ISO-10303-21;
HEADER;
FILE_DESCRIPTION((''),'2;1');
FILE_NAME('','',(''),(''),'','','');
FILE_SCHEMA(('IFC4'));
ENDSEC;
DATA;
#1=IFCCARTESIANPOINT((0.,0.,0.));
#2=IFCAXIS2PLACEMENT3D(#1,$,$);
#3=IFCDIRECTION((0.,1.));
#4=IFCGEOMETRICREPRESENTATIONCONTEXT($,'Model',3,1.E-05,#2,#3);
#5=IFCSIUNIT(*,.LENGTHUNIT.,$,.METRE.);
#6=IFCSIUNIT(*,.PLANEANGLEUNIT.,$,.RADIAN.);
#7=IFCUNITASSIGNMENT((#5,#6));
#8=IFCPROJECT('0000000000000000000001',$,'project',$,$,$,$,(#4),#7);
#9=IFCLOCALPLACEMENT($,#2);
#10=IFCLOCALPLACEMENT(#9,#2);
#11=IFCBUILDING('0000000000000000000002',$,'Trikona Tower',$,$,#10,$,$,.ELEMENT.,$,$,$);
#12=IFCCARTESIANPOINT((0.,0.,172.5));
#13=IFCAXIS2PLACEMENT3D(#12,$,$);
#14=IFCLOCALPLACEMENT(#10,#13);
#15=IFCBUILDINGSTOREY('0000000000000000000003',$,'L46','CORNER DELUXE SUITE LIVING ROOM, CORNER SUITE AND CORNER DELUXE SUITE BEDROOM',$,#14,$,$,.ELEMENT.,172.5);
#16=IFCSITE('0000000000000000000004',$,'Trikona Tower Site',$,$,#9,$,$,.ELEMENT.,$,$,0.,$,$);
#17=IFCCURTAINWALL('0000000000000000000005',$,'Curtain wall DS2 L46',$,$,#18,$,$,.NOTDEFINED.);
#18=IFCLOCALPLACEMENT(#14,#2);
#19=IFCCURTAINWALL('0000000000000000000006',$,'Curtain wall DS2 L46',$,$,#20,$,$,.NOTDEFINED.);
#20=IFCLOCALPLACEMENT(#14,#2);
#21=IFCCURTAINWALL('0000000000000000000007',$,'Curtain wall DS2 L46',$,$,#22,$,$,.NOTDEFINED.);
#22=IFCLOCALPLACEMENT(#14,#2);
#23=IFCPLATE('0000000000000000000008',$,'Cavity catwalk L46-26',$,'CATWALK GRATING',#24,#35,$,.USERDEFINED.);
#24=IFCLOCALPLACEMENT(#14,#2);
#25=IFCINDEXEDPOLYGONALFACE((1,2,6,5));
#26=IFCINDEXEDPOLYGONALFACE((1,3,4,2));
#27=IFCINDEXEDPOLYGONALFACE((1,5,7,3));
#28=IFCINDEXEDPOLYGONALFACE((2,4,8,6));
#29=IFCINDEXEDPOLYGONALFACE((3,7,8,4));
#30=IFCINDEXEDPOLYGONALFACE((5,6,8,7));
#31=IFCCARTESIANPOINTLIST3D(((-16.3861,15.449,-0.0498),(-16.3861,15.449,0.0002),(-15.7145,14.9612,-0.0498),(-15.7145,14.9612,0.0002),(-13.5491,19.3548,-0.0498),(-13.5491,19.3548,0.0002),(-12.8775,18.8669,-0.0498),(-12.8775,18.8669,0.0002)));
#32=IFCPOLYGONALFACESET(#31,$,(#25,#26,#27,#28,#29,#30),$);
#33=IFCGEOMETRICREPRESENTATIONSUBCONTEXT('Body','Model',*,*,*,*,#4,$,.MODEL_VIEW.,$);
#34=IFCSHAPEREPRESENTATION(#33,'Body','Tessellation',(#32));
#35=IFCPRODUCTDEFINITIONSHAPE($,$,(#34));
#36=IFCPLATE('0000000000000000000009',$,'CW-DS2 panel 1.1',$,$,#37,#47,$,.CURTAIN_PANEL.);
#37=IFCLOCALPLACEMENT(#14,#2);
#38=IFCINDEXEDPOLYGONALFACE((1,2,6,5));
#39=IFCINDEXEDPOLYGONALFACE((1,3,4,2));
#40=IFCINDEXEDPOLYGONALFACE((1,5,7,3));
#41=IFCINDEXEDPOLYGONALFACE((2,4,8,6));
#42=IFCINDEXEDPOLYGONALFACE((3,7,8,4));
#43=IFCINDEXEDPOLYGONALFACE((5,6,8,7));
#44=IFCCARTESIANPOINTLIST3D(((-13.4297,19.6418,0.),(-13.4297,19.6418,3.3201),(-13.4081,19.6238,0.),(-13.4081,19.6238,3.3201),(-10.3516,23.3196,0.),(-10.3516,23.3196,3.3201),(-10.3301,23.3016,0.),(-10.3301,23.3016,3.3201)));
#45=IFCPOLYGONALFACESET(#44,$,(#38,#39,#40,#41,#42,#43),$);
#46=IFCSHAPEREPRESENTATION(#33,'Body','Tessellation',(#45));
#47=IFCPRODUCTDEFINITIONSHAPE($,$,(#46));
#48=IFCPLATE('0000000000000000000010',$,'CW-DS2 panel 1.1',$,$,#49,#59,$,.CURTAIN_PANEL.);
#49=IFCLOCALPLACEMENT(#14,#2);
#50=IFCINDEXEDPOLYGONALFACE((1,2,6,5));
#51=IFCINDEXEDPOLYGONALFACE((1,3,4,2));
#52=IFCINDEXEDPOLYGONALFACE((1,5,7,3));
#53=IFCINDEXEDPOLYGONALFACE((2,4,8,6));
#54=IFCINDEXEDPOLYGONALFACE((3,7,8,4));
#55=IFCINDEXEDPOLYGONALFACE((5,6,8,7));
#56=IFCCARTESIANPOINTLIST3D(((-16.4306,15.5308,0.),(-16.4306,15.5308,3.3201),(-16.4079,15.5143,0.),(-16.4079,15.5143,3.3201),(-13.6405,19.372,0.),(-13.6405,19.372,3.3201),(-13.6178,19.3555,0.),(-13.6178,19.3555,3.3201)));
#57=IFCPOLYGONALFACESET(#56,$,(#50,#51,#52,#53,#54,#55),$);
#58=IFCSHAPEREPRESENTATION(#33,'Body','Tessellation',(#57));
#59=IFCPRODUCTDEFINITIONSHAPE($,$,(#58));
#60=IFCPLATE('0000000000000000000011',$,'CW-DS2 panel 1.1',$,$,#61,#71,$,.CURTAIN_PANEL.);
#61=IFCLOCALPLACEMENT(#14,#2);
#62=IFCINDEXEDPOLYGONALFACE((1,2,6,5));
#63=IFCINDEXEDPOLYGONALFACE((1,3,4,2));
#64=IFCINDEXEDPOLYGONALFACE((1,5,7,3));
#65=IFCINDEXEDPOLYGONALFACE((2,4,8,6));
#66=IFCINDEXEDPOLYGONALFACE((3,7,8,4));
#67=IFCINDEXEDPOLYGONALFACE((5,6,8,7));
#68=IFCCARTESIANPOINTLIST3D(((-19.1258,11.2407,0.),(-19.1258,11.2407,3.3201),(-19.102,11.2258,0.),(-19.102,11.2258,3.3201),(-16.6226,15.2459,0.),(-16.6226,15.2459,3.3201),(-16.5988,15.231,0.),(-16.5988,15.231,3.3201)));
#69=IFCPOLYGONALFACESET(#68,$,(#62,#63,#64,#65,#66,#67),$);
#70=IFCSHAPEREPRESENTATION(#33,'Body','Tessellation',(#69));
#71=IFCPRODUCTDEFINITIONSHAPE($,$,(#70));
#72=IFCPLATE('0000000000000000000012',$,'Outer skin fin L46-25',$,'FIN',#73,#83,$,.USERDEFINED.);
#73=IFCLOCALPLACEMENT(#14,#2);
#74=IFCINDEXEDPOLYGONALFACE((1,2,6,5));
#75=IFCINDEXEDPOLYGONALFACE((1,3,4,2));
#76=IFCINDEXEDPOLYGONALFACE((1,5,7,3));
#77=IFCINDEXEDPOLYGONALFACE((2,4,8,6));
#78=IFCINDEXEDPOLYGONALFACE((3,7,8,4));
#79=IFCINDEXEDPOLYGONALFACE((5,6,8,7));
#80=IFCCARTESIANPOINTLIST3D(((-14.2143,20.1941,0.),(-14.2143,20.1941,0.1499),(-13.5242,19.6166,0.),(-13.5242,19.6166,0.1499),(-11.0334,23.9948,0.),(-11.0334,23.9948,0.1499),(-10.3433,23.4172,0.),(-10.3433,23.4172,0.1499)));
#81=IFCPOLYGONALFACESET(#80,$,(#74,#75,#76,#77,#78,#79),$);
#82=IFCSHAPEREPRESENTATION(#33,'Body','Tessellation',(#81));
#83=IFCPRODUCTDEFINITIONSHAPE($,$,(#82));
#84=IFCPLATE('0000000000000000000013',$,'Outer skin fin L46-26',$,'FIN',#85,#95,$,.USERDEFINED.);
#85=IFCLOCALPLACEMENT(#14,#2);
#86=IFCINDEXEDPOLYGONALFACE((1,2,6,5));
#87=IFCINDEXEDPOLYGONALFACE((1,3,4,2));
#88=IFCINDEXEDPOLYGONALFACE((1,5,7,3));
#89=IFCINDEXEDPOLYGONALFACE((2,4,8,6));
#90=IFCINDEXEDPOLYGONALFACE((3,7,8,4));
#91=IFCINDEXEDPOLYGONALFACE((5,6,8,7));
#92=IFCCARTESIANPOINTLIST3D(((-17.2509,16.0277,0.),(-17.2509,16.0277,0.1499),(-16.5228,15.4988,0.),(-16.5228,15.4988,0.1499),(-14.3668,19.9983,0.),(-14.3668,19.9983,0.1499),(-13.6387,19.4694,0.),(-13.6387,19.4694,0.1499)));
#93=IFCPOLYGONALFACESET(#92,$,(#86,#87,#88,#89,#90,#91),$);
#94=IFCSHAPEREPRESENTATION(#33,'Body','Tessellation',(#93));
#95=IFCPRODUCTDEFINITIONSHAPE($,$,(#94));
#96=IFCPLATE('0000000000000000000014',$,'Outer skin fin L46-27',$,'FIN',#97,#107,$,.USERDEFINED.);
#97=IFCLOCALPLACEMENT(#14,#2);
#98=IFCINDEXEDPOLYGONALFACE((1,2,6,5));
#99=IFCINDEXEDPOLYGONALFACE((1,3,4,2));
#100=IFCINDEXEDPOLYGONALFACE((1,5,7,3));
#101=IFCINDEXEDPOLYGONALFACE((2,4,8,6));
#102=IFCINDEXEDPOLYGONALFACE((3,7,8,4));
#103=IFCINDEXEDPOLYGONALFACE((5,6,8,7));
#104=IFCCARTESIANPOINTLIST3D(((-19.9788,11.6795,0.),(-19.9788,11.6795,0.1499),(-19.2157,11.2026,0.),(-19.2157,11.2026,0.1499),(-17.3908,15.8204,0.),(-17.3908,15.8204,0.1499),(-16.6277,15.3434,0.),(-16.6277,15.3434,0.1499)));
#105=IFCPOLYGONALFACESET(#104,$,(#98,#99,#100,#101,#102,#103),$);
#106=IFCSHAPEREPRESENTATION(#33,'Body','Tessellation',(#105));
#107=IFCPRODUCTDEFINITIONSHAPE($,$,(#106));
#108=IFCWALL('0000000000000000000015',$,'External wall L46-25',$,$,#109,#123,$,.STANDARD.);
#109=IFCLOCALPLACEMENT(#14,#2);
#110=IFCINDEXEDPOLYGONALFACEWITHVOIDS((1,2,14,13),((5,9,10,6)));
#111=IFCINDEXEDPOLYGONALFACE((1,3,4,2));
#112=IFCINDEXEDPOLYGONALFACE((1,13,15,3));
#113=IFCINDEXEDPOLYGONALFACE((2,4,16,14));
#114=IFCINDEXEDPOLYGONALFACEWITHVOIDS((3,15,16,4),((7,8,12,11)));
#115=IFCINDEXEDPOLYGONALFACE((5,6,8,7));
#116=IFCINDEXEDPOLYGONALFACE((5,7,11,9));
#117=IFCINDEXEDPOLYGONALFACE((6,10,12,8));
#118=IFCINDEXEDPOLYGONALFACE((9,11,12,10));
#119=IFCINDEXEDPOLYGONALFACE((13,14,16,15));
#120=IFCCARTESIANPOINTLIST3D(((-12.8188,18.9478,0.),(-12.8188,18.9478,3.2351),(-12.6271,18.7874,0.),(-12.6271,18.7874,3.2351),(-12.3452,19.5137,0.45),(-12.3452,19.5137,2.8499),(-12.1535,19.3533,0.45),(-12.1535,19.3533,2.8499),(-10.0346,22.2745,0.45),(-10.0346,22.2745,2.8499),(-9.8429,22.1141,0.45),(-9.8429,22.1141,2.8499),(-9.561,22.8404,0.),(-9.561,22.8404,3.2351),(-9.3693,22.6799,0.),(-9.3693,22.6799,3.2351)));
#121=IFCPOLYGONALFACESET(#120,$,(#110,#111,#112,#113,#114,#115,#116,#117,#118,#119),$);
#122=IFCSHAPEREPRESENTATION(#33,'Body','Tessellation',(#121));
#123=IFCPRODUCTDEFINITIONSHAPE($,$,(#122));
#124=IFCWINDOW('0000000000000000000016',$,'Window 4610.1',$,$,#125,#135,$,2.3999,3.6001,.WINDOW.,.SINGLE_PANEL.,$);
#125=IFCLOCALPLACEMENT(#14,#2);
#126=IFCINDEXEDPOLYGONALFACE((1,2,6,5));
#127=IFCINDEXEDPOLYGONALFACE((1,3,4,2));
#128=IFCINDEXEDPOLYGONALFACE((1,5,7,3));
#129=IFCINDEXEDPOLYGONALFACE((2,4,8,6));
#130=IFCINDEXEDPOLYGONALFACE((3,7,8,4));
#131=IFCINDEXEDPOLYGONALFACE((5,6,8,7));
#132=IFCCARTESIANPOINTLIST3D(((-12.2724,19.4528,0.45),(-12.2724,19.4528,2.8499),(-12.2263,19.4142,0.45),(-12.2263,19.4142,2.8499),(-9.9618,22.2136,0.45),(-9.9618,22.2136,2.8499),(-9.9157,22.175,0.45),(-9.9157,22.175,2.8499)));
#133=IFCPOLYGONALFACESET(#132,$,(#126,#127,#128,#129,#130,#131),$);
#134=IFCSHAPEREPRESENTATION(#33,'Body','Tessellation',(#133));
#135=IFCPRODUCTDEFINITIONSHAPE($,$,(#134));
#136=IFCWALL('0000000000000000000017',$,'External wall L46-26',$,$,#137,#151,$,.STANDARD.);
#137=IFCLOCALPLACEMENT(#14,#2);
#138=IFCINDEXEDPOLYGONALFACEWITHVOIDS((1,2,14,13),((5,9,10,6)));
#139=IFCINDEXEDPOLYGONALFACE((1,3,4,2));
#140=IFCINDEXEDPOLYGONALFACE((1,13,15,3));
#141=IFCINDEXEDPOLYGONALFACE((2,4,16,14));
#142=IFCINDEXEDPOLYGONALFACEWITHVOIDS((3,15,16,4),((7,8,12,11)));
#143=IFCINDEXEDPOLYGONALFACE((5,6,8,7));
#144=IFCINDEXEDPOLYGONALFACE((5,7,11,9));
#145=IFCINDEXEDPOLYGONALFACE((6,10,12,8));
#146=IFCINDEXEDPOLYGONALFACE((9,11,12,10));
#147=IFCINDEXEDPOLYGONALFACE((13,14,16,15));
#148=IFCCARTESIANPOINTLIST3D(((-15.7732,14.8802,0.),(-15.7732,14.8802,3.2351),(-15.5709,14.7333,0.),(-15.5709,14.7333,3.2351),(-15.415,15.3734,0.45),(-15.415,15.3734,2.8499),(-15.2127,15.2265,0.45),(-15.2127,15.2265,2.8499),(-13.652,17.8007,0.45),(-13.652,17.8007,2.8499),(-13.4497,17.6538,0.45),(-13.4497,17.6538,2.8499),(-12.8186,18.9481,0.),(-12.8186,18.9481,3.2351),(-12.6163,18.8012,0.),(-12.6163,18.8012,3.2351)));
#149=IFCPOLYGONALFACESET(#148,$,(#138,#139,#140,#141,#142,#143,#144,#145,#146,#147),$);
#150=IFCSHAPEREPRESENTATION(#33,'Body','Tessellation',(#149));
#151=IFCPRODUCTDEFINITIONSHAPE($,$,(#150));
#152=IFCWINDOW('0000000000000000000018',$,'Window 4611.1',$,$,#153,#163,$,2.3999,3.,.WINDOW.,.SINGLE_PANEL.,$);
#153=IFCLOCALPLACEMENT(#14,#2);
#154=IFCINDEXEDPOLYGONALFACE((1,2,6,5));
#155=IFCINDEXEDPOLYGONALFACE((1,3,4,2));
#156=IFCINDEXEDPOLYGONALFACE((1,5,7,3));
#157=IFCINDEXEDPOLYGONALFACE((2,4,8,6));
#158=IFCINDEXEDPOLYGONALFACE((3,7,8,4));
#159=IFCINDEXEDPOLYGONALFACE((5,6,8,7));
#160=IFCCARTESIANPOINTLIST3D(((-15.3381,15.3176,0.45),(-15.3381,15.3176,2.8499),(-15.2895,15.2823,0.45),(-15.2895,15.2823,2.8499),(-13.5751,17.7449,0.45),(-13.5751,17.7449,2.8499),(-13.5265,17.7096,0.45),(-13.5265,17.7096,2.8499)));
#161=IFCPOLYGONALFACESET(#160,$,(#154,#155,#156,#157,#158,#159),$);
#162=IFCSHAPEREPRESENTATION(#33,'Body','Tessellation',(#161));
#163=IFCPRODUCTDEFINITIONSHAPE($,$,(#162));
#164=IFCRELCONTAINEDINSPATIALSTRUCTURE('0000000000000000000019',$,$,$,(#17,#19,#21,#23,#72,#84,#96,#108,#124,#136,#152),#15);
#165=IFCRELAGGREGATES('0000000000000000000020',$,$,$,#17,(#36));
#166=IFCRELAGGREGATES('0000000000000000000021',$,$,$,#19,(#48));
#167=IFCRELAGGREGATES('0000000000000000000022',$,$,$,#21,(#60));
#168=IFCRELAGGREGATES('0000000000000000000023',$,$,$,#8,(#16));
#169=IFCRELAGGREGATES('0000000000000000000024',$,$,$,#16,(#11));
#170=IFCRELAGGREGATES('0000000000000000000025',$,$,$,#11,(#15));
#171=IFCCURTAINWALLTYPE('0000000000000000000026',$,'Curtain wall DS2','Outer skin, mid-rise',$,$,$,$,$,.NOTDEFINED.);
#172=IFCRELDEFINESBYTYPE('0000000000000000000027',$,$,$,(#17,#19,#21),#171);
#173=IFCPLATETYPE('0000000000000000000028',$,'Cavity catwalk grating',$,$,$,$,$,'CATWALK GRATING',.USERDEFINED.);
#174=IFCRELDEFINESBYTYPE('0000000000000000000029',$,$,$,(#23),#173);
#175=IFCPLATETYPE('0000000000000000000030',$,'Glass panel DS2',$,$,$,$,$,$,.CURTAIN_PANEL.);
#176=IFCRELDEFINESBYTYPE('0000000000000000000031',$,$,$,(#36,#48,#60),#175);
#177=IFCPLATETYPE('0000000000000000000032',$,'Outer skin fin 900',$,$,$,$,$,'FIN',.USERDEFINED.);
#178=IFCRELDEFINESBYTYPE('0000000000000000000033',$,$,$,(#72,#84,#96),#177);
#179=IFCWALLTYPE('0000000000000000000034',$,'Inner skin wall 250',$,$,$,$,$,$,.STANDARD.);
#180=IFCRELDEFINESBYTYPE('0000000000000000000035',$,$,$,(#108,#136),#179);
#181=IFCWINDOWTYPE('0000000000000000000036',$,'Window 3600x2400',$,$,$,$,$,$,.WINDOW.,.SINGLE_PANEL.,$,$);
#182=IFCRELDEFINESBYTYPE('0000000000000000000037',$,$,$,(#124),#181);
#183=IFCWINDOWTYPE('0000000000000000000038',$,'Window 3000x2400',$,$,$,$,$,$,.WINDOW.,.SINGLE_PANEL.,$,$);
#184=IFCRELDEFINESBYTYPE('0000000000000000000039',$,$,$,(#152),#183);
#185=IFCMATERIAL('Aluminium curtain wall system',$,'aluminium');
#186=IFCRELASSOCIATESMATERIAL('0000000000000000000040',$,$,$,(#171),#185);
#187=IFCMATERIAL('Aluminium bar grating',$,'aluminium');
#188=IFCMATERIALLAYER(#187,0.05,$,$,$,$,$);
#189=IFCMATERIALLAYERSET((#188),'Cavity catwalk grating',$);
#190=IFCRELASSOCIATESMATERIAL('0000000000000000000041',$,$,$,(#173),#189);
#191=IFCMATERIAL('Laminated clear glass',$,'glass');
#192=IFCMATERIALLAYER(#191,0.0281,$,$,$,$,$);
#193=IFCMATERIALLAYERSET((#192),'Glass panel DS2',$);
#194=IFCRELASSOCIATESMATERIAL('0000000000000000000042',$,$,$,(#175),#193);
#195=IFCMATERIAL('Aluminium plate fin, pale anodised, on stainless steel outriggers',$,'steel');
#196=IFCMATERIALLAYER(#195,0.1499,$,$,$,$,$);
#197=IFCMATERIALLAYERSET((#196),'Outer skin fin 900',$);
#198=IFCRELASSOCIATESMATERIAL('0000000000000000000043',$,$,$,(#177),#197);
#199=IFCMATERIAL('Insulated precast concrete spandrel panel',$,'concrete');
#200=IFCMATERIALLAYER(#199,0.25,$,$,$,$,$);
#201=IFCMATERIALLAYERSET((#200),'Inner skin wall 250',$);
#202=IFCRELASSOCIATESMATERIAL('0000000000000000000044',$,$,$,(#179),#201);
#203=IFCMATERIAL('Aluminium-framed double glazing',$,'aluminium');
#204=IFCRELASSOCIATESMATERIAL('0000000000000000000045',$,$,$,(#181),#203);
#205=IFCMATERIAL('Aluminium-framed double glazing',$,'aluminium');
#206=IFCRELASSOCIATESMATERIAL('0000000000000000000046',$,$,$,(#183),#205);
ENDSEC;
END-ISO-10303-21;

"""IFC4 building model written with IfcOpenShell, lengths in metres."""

from ifc_helpers import new_model, si_unit, direction, frame, frame_2d, origin, origin_2d, place, context, subcontext, project, spatial, rectangle, extrude, material, layer, layer_set, type_object, element, fill, aggregate, save


model = new_model("IFC4")

# Units and contexts
model_context = context("Model", 3, precision=1e-05, world=origin(), true_north=direction((0.0, 1.0)))
body_context = subcontext(model_context, "Body", "Model", "MODEL_VIEW")
ifc_project = project(units=[si_unit("LENGTHUNIT", "METRE"), si_unit("PLANEANGLEUNIT", "RADIAN")], contexts=[model_context])

# Site, building, storey
site_placement = place(None, origin())
site = spatial("IfcSite", under=ifc_project, at=site_placement, Name="Trikona Tower Site", CompositionType="ELEMENT", RefElevation=0.0)
building_placement = place(site_placement, origin())
building = spatial("IfcBuilding", under=site, at=building_placement, Name="Trikona Tower", CompositionType="ELEMENT")
storey_placement = place(building_placement, frame((0.0, 0.0, 172.5)))
storey = spatial("IfcBuildingStorey", under=building, at=storey_placement, Name="L46", Description="CORNER DELUXE SUITE LIVING ROOM, CORNER SUITE AND CORNER DELUXE SUITE BEDROOM", CompositionType="ELEMENT", Elevation=172.5)

# Shared definitions
ifc_material_1 = material(Name="Aluminium curtain wall system", Category="aluminium")
curtain_wall_type = type_object("IfcCurtainWallType", Name="Curtain wall DS2", Description="Outer skin, mid-rise", PredefinedType="NOTDEFINED", material=ifc_material_1)

# Curtain walls
curtain_wall_1_placement = place(storey_placement, origin())
curtain_wall_1 = element("IfcCurtainWall", 1, at=curtain_wall_1_placement, inside=storey, type_object=curtain_wall_type, Name="Curtain wall DS2 L46", PredefinedType="NOTDEFINED")
curtain_wall_2_placement = place(storey_placement, origin())
curtain_wall_2 = element("IfcCurtainWall", 2, at=curtain_wall_2_placement, inside=storey, type_object=curtain_wall_type, Name="Curtain wall DS2 L46", PredefinedType="NOTDEFINED")

# Curtain wall
curtain_wall_3_placement = place(storey_placement, origin())
curtain_wall_3 = element("IfcCurtainWall", 3, at=curtain_wall_3_placement, inside=storey, type_object=curtain_wall_type, Name="Curtain wall DS2 L46", PredefinedType="NOTDEFINED")

# Plate
ifc_material_2 = material(Name="Aluminium bar grating", Category="aluminium")
ifc_layer_1 = layer(ifc_material_2, 0.05)
ifc_layer_set_1 = layer_set([ifc_layer_1], Name="Cavity catwalk grating")
plate_type_1 = type_object("IfcPlateType", Name="Cavity catwalk grating", ElementType="CATWALK GRATING", PredefinedType="USERDEFINED", material=ifc_layer_set_1)
plate_1_placement = place(storey_placement, frame((-14.6318, 17.158, -0.0498), z_axis=(0.0, 0.0, 1.0), x_axis=(-0.587686, -0.809089, 0.0)))
element("IfcPlate", 4, at=plate_1_placement, inside=storey, type_object=plate_type_1, Name="Cavity catwalk L46-26", ObjectType="CATWALK GRATING", PredefinedType="USERDEFINED", context=body_context, shape_type="SweptSolid", body=[
    extrude(rectangle(XDim=4.8274, YDim=0.8301, at=origin_2d()), origin(), (0.0, 0.0, 1.0), 0.05),
])

# Plates
ifc_material_3 = material(Name="Laminated clear glass", Category="glass")
ifc_layer_2 = layer(ifc_material_3, 0.0281)
ifc_layer_set_2 = layer_set([ifc_layer_2], Name="Glass panel DS2")
plate_type_2 = type_object("IfcPlateType", Name="Glass panel DS2", PredefinedType="CURTAIN_PANEL", material=ifc_layer_set_2)
plate_2_placement = place(storey_placement, frame((-11.8799, 21.4717, 0.0), z_axis=(0.0, 0.0, 1.0), x_axis=(-0.641806, -0.766867, 0.0)))
plate_2 = element("IfcPlate", 5, at=plate_2_placement, type_object=plate_type_2, Name="CW-DS2 panel 1.1", PredefinedType="CURTAIN_PANEL", context=body_context, shape_type="SweptSolid", body=[
    extrude(rectangle(XDim=4.7959, YDim=0.0281, at=origin_2d()), origin(), (0.0, 0.0, 1.0), 3.3201),
])
aggregate(curtain_wall_1, [plate_2])
plate_3_placement = place(storey_placement, frame((-15.0242, 17.4431, 0.0), z_axis=(0.0, 0.0, 1.0), x_axis=(-0.587691, -0.809086, 0.0)))
plate_3 = element("IfcPlate", 6, at=plate_3_placement, type_object=plate_type_2, Name="CW-DS2 panel 1.1", PredefinedType="CURTAIN_PANEL", context=body_context, shape_type="SweptSolid", body=[
    extrude(rectangle(XDim=4.7476, YDim=0.0281, at=origin_2d()), origin(), (0.0, 0.0, 1.0), 3.3201),
])
aggregate(curtain_wall_2, [plate_3])
plate_4_placement = place(storey_placement, frame((-17.8623, 13.2358, 0.0), z_axis=(0.0, 0.0, 1.0), x_axis=(-0.529999, -0.847998, 0.0)))
plate_4 = element("IfcPlate", 7, at=plate_4_placement, type_object=plate_type_2, Name="CW-DS2 panel 1.1", PredefinedType="CURTAIN_PANEL", context=body_context, shape_type="SweptSolid", body=[
    extrude(rectangle(XDim=4.7231, YDim=0.0281, at=origin_2d()), origin(), (0.0, 0.0, 1.0), 3.3201),
])
aggregate(curtain_wall_3, [plate_4])

# Plates
ifc_material_4 = material(Name="Aluminium plate fin, pale anodised, on stainless steel outriggers", Category="steel")
ifc_layer_3 = layer(ifc_material_4, 0.1499)
ifc_layer_set_3 = layer_set([ifc_layer_3], Name="Outer skin fin 900")
plate_type_3 = type_object("IfcPlateType", Name="Outer skin fin 900", ElementType="FIN", PredefinedType="USERDEFINED", material=ifc_layer_set_3)
plate_5_placement = place(storey_placement, frame((-12.2788, 21.8057, 0.0), z_axis=(0.0, 0.0, 1.0), x_axis=(-0.641807, -0.766866, 0.0)))
element("IfcPlate", 8, at=plate_5_placement, inside=storey, type_object=plate_type_3, Name="Outer skin fin L46-25", ObjectType="FIN", PredefinedType="USERDEFINED", context=body_context, shape_type="SweptSolid", body=[
    extrude(rectangle(XDim=4.9561, YDim=0.8999, at=origin_2d()), origin(), (0.0, 0.0, 1.0), 0.1499),
])
plate_6_placement = place(storey_placement, frame((-15.4448, 17.7485, 0.0), z_axis=(0.0, 0.0, 1.0), x_axis=(-0.587686, -0.809089, 0.0)))
element("IfcPlate", 9, at=plate_6_placement, inside=storey, type_object=plate_type_3, Name="Outer skin fin L46-26", ObjectType="FIN", PredefinedType="USERDEFINED", context=body_context, shape_type="SweptSolid", body=[
    extrude(rectangle(XDim=4.9075, YDim=0.8999, at=origin_2d()), origin(), (0.0, 0.0, 1.0), 0.1499),
])
plate_7_placement = place(storey_placement, frame((-18.3032, 13.5115, 0.0), z_axis=(0.0, 0.0, 1.0), x_axis=(-0.529995, -0.848001, 0.0)))
element("IfcPlate", 10, at=plate_7_placement, inside=storey, type_object=plate_type_3, Name="Outer skin fin L46-27", ObjectType="FIN", PredefinedType="USERDEFINED", context=body_context, shape_type="SweptSolid", body=[
    extrude(rectangle(XDim=4.8831, YDim=0.8999, at=origin_2d()), origin(), (0.0, 0.0, 1.0), 0.1499),
])

# Walls, openings, windows
ifc_material_5 = material(Name="Insulated precast concrete spandrel panel", Category="concrete")
ifc_layer_4 = layer(ifc_material_5, 0.25)
ifc_layer_set_4 = layer_set([ifc_layer_4], Name="Inner skin wall 250")
wall_type = type_object("IfcWallType", Name="Inner skin wall 250", PredefinedType="STANDARD", material=ifc_layer_set_4)
wall_1_placement = place(storey_placement, frame((-9.4651, 22.7603, 0.0), z_axis=(0.0, 0.0, 1.0), x_axis=(-0.64181, -0.766863, 0.0)))
wall_1 = element("IfcWall", 11, at=wall_1_placement, inside=storey, type_object=wall_type, Name="External wall L46-25", PredefinedType="STANDARD", context=body_context, shape_type="SweptSolid", body=[
    extrude(rectangle(XDim=5.0759, YDim=0.25, at=frame_2d((2.5381, 0.0))), origin(), (0.0, 0.0, 1.0), 3.2351),
])
opening_1_placement = place(wall_1_placement, frame((0.738, 0.0, 0.45)))
opening_1 = element("IfcOpeningElement", 12, at=opening_1_placement, cuts=wall_1, PredefinedType="OPENING", context=body_context, shape_type="SweptSolid", body=[
    extrude(rectangle(XDim=3.6001, YDim=2.3999, at=frame_2d((1.8, 1.2))), frame((0.0, 0.135, 0.0), z_axis=(0.0, -1.0, 0.0), x_axis=(1.0, 0.0, 0.0)), (0.0, 0.0, 1.0), 0.27),
])
ifc_material_6 = material(Name="Aluminium-framed double glazing", Category="aluminium")
window_type_1 = type_object("IfcWindowType", Name="Window 3600x2400", PartitioningType="SINGLE_PANEL", PredefinedType="WINDOW", material=ifc_material_6)
window_1_placement = place(opening_1_placement, origin())
window_1 = element("IfcWindow", 13, at=window_1_placement, inside=storey, type_object=window_type_1, Name="Window 4610.1", OverallHeight=2.3999, OverallWidth=3.6001, PartitioningType="SINGLE_PANEL", PredefinedType="WINDOW", context=body_context, shape_type="SweptSolid", body=[
    extrude(rectangle(XDim=3.6001, YDim=2.3999, at=frame_2d((1.8, 1.2))), frame((0.0, 0.03, 0.0), z_axis=(0.0, -1.0, 0.0), x_axis=(1.0, 0.0, 0.0)), (0.0, 0.0, 1.0), 0.0601),
])
fill(opening_1, window_1)
wall_2_placement = place(storey_placement, frame((-12.7175, 18.8745, 0.0), z_axis=(0.0, 0.0, 1.0), x_axis=(-0.587669, -0.809101, 0.0)))
wall_2 = element("IfcWall", 14, at=wall_2_placement, inside=storey, type_object=wall_type, Name="External wall L46-26", PredefinedType="STANDARD", context=body_context, shape_type="SweptSolid", body=[
    extrude(rectangle(XDim=5.0276, YDim=0.25, at=frame_2d((2.5137, 0.0))), origin(), (0.0, 0.0, 1.0), 3.2351),
])
opening_2_placement = place(wall_2_placement, frame((1.418, 0.0, 0.45)))
opening_2 = element("IfcOpeningElement", 15, at=opening_2_placement, cuts=wall_2, PredefinedType="OPENING", context=body_context, shape_type="SweptSolid", body=[
    extrude(rectangle(XDim=3.0, YDim=2.3999, at=frame_2d((1.5, 1.2))), frame((0.0, 0.135, 0.0), z_axis=(0.0, -1.0, 0.0), x_axis=(1.0, 0.0, 0.0)), (0.0, 0.0, 1.0), 0.27),
])
ifc_material_7 = material(Name="Aluminium-framed double glazing", Category="aluminium")
window_type_2 = type_object("IfcWindowType", Name="Window 3000x2400", PartitioningType="SINGLE_PANEL", PredefinedType="WINDOW", material=ifc_material_7)
window_2_placement = place(opening_2_placement, origin())
window_2 = element("IfcWindow", 16, at=window_2_placement, inside=storey, type_object=window_type_2, Name="Window 4611.1", OverallHeight=2.3999, OverallWidth=3.0, PartitioningType="SINGLE_PANEL", PredefinedType="WINDOW", context=body_context, shape_type="SweptSolid", body=[
    extrude(rectangle(XDim=3.0, YDim=2.3999, at=frame_2d((1.5, 1.2))), frame((0.0, 0.03, 0.0), z_axis=(0.0, -1.0, 0.0), x_axis=(1.0, 0.0, 0.0)), (0.0, 0.0, 1.0), 0.0601),
])
fill(opening_2, window_2)

save(model, "model.ifc")
